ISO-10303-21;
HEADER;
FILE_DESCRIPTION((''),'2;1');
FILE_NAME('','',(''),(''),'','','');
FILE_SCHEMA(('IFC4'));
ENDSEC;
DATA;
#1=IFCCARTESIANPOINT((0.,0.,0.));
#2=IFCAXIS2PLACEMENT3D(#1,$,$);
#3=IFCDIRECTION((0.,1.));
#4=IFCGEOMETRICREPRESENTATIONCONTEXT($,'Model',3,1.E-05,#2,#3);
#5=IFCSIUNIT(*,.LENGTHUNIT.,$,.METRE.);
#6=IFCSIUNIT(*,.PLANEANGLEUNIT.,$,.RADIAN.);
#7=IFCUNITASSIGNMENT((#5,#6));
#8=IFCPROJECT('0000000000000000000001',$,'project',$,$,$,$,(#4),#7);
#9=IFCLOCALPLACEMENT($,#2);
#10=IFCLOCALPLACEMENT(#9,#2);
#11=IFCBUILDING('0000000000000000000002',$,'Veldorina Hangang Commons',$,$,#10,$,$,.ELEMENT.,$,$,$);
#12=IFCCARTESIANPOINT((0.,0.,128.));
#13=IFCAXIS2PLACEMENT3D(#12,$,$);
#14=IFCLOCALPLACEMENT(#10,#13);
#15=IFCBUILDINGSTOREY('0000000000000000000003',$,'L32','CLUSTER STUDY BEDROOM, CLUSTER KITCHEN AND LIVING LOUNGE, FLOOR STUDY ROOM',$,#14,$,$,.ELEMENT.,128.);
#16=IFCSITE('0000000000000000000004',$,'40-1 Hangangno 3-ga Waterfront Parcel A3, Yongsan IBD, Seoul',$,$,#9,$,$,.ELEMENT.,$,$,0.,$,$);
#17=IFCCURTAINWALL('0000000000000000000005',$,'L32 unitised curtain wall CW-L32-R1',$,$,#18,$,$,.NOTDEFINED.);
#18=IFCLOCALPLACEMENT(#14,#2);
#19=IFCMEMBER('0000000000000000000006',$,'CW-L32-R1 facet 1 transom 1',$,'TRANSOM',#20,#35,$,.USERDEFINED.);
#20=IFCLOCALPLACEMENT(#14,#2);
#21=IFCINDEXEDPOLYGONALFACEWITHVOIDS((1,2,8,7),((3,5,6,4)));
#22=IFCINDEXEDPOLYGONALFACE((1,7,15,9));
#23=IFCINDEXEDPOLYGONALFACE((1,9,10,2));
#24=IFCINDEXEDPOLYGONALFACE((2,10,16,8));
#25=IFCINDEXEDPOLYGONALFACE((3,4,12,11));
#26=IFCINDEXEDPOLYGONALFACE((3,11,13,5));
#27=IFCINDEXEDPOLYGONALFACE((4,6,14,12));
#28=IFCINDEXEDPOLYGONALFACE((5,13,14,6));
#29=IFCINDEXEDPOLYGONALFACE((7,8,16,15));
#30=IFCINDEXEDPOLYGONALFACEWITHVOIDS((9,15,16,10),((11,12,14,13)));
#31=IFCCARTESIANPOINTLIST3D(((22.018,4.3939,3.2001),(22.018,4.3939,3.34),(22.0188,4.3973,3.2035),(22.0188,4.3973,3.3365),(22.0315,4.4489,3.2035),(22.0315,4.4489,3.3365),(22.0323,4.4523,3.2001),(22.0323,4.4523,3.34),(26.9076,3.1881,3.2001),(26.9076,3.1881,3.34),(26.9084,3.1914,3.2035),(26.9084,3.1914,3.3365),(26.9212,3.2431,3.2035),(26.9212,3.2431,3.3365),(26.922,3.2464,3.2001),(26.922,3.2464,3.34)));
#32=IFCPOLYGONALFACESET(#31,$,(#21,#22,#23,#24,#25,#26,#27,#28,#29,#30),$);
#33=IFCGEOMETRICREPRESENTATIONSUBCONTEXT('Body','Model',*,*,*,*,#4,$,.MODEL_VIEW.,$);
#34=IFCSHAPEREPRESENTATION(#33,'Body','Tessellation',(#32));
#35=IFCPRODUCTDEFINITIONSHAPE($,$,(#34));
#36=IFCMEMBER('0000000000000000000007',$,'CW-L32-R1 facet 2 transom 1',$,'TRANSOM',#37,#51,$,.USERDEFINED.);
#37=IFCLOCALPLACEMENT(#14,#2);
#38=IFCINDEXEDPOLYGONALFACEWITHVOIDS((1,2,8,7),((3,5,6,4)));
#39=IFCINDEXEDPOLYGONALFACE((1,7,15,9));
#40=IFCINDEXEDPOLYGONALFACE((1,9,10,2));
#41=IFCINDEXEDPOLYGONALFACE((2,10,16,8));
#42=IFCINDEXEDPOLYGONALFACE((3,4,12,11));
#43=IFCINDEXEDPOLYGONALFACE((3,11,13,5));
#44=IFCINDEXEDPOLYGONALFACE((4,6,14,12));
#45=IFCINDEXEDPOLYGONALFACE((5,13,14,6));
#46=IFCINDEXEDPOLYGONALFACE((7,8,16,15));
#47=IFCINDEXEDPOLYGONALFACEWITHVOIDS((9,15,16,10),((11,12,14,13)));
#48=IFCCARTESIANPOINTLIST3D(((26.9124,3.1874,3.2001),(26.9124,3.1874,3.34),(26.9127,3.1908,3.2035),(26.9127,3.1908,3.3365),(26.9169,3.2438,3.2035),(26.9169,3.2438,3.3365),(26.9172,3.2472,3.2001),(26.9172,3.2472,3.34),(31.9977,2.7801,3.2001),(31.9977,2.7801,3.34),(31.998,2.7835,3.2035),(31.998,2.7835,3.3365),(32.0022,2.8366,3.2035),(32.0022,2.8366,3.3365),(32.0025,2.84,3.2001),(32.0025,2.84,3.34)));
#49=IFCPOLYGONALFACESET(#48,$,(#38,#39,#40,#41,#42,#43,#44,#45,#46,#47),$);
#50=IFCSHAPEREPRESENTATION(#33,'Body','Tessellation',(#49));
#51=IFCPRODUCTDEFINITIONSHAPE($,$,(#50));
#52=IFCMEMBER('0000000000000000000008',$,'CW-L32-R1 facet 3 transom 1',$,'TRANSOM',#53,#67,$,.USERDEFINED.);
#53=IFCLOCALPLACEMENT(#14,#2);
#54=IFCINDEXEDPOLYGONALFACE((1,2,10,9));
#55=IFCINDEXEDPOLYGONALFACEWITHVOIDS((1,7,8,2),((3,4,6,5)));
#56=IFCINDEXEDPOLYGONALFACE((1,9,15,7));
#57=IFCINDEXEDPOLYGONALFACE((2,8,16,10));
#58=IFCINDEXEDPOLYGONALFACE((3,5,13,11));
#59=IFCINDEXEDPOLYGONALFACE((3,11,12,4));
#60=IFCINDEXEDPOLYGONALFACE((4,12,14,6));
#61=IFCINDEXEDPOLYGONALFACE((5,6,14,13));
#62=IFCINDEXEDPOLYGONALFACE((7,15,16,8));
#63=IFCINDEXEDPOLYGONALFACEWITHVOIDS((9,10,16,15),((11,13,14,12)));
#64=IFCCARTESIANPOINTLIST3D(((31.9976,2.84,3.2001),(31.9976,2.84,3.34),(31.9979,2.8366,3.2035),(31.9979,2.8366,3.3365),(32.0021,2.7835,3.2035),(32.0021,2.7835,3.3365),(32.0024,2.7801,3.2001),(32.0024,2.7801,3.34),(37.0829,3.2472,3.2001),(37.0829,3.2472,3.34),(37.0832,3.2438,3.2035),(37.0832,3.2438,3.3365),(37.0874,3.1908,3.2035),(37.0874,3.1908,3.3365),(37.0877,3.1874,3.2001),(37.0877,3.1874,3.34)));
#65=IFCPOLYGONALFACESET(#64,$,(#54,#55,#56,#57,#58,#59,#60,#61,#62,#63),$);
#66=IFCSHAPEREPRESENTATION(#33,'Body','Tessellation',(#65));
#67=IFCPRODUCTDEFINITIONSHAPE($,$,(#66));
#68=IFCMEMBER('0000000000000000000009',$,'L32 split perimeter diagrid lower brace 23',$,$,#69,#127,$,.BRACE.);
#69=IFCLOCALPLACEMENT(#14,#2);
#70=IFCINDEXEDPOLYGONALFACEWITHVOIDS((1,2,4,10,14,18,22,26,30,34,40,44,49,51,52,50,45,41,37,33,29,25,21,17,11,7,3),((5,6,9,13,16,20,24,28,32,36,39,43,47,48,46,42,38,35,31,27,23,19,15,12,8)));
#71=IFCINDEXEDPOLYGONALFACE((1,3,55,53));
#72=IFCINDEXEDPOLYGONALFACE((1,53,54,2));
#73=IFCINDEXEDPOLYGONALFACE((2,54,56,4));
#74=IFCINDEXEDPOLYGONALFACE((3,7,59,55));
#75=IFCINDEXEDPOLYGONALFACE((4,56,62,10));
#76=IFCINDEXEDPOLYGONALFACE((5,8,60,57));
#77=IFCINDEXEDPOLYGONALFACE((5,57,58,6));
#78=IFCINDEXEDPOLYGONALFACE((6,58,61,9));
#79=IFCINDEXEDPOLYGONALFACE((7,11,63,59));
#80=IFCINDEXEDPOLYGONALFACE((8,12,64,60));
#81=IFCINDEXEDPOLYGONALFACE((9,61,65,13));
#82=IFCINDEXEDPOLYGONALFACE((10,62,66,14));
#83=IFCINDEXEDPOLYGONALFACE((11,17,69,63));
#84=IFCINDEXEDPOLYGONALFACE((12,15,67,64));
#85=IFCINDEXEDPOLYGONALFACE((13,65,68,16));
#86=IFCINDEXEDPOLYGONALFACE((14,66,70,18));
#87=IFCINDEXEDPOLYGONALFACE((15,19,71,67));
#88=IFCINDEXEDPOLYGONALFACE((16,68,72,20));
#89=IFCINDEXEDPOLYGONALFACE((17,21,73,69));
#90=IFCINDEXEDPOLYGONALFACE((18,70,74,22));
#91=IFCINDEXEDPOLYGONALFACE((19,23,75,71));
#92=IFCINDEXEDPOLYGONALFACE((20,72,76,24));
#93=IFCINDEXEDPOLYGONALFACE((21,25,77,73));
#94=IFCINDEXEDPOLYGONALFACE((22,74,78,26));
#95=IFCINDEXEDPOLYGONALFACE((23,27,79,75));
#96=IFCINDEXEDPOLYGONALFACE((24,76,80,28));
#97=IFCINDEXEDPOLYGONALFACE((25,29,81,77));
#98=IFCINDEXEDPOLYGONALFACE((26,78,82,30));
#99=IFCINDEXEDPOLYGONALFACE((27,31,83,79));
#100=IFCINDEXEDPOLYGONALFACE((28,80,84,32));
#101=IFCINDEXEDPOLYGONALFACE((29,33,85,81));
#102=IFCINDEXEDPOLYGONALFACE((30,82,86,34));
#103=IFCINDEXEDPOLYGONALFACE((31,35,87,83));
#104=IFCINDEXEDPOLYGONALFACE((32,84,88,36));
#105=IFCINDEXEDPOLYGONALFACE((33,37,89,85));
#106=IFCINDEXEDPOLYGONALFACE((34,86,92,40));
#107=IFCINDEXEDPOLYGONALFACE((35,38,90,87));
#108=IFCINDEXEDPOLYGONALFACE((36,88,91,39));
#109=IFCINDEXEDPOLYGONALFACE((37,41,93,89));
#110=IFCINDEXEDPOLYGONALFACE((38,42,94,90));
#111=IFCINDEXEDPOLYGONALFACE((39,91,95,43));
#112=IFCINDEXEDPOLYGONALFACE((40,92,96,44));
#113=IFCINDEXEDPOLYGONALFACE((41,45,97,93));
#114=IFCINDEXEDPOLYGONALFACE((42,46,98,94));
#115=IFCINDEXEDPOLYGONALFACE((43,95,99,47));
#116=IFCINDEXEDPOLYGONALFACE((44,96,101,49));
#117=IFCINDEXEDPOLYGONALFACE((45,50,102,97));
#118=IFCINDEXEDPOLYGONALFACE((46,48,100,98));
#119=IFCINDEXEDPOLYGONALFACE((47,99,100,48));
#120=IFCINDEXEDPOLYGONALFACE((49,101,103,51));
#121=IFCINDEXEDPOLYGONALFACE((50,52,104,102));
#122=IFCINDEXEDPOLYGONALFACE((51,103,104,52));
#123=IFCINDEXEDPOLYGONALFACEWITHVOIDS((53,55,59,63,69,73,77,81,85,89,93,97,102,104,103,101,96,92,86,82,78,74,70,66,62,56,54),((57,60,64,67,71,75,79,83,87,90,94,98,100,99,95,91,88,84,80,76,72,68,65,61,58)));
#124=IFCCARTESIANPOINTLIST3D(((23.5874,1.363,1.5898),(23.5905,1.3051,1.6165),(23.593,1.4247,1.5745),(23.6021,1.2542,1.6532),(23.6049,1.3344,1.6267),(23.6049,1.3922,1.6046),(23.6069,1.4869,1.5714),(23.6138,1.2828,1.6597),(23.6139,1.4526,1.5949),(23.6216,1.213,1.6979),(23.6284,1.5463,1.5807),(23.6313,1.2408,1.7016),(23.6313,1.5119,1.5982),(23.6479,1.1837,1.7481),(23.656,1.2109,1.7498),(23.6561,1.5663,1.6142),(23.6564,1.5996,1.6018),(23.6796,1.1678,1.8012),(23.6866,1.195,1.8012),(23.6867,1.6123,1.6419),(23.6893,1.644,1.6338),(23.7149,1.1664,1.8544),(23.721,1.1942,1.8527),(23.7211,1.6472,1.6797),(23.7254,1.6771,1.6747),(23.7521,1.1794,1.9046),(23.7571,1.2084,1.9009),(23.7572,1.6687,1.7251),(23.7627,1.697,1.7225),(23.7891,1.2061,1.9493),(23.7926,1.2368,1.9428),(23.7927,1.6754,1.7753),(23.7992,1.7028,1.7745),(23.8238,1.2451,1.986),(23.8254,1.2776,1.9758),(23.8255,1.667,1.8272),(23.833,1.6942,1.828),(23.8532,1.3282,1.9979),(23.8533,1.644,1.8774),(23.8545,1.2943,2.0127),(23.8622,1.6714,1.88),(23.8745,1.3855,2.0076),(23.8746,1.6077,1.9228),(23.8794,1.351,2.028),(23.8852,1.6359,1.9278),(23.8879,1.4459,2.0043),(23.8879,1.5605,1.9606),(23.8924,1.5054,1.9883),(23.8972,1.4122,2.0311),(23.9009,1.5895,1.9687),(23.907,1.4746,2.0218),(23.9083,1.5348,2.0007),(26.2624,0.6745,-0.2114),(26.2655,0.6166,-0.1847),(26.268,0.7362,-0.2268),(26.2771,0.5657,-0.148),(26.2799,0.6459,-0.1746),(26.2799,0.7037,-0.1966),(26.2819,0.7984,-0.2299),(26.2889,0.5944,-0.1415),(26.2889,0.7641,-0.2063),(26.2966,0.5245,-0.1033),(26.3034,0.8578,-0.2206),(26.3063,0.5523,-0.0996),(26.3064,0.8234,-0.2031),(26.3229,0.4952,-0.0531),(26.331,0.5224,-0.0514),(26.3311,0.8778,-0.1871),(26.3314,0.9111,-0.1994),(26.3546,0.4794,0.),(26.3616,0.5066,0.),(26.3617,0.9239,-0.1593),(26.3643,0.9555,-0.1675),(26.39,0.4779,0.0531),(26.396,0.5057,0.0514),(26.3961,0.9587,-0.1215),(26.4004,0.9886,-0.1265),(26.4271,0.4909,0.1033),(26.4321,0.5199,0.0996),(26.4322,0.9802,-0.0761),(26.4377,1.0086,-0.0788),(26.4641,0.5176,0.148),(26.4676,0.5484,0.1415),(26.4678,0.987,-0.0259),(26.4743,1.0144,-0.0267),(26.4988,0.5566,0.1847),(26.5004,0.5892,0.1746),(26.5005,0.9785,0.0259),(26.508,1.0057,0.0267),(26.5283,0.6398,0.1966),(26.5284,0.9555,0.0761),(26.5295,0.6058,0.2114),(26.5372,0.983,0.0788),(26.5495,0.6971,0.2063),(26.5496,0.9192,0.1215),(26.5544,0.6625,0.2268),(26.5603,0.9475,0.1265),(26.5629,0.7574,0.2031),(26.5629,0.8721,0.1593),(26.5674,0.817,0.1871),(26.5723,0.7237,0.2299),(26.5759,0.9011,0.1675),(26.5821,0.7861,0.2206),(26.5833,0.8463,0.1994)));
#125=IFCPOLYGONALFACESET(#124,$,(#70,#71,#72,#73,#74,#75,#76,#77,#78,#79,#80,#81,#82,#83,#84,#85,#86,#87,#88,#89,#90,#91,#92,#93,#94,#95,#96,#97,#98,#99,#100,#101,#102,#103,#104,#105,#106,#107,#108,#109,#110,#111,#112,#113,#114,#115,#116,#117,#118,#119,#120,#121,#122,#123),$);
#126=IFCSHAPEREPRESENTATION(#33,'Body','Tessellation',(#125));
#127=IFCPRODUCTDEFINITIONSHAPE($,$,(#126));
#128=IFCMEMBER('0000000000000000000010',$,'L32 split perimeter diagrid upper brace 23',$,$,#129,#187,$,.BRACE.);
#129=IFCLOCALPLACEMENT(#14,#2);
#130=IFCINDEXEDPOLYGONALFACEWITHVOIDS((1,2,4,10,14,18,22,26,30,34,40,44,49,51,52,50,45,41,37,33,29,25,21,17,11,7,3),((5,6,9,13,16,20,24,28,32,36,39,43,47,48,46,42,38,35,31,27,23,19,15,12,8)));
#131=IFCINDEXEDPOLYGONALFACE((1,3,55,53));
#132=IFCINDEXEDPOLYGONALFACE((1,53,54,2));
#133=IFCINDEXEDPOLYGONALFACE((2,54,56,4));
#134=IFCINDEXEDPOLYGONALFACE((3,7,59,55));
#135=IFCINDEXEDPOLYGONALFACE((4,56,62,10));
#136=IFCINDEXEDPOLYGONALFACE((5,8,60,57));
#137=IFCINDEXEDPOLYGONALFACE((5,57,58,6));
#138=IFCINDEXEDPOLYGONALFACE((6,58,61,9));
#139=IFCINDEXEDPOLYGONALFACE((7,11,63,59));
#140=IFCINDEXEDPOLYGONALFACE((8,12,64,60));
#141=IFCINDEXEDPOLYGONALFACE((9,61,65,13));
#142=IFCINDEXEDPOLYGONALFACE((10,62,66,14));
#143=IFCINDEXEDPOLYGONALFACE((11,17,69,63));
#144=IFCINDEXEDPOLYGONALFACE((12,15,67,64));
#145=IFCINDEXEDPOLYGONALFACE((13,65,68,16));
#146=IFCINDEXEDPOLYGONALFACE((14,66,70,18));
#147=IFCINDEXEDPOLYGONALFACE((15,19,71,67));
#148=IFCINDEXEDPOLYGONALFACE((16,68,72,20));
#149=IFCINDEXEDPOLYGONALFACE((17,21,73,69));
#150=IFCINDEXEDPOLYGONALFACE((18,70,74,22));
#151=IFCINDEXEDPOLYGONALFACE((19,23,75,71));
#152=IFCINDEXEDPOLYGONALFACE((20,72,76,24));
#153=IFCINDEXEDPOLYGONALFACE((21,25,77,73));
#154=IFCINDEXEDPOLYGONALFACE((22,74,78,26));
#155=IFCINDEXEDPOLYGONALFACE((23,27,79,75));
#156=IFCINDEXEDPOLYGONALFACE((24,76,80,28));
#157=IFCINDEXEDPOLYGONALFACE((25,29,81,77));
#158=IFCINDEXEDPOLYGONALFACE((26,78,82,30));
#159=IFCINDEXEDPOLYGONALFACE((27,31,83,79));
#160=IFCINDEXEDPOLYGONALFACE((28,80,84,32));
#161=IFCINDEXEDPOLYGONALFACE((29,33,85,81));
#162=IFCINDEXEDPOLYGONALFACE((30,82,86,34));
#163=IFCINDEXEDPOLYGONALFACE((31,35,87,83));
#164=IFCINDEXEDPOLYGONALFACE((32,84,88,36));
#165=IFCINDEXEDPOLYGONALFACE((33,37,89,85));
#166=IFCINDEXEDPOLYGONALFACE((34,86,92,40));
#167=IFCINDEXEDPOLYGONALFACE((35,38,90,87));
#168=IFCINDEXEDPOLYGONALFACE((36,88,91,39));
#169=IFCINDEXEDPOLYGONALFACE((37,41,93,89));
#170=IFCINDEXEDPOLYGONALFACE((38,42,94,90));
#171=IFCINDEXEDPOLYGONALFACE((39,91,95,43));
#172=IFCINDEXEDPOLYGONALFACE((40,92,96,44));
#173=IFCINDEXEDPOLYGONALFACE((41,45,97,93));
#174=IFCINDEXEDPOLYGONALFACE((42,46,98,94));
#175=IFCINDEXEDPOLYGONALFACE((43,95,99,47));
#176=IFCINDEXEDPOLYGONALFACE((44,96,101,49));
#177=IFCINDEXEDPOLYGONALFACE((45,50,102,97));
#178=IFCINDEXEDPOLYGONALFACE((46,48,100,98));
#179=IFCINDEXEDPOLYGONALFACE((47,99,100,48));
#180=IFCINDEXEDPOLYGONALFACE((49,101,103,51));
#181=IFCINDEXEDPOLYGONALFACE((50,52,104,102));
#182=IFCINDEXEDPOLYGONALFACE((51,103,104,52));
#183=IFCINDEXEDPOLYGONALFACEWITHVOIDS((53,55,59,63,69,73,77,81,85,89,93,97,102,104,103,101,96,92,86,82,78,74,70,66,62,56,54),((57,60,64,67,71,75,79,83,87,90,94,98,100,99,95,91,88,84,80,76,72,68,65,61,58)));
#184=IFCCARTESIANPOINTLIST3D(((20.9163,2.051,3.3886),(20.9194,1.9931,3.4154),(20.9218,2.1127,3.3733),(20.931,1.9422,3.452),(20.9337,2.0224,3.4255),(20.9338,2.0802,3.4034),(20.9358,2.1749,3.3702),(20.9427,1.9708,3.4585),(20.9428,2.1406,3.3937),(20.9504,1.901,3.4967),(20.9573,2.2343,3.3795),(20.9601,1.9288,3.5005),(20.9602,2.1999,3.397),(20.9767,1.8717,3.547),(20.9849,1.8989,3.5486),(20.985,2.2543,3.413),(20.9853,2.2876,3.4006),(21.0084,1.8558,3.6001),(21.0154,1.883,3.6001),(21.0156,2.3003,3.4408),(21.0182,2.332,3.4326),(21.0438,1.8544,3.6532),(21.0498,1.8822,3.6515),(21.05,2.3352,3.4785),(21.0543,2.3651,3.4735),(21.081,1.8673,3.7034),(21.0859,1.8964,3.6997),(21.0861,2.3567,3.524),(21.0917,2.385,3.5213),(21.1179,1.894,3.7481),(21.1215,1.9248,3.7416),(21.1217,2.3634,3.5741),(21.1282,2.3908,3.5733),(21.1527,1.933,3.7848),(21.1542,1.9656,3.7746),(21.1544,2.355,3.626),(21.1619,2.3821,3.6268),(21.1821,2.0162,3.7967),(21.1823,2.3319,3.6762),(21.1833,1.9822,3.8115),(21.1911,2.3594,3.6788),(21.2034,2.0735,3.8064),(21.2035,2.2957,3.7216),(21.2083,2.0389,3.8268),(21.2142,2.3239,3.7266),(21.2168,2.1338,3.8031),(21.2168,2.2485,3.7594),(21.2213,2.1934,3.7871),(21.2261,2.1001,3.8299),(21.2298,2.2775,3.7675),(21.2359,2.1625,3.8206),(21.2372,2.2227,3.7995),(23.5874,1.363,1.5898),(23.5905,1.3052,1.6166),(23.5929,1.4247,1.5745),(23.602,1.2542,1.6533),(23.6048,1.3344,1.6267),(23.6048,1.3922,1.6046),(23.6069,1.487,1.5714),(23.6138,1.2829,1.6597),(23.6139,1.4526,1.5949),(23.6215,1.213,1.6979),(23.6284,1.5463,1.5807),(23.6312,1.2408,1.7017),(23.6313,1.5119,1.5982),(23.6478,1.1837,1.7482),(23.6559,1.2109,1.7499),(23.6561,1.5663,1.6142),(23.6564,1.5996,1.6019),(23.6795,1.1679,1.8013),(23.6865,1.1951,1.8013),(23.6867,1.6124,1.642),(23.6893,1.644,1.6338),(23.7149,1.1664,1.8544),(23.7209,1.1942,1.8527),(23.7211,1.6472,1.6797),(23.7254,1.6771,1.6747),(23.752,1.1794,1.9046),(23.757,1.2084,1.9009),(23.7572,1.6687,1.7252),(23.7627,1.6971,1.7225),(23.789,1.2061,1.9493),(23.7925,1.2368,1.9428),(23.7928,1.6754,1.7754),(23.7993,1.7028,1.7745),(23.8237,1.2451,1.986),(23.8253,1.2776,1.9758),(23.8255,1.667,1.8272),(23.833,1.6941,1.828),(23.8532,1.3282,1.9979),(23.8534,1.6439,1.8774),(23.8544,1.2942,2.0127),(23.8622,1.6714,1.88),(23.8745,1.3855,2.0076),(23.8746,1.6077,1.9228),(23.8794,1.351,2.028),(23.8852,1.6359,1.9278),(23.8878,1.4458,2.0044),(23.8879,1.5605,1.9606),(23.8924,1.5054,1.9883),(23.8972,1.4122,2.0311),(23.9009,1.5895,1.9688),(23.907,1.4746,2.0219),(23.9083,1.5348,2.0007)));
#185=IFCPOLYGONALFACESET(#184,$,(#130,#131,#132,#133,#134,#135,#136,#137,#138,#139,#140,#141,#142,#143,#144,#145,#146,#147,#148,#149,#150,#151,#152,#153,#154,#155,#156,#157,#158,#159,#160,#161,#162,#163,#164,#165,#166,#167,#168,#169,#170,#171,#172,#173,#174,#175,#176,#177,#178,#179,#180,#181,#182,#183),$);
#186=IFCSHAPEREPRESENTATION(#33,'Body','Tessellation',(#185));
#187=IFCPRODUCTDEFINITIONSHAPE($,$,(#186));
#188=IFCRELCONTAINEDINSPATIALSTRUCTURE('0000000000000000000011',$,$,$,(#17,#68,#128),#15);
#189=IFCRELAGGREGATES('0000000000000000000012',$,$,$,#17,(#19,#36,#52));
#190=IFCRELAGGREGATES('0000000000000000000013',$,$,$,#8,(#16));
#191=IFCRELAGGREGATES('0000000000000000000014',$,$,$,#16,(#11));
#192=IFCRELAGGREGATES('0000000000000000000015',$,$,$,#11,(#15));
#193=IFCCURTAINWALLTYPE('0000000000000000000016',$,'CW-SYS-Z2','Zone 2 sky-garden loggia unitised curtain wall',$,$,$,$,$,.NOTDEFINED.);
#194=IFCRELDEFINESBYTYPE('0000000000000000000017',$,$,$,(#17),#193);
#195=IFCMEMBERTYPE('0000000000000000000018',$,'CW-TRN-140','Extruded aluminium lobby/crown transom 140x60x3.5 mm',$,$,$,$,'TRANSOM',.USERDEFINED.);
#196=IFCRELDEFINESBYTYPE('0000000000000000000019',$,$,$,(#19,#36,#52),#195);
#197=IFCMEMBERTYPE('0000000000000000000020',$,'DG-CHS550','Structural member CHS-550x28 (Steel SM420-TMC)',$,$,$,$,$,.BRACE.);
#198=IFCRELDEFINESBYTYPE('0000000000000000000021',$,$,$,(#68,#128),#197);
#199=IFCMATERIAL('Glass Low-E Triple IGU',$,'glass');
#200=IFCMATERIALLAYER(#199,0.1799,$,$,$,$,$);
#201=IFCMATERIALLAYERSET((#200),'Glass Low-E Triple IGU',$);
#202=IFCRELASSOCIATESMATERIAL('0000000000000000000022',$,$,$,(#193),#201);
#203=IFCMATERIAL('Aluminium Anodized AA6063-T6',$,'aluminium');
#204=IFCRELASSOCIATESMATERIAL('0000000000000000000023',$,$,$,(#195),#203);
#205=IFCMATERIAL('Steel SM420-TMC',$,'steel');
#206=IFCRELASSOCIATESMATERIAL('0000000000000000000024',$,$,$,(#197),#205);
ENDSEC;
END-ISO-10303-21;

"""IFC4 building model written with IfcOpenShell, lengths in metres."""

from ifc_helpers import new_model, si_unit, direction, frame, origin, origin_2d, place, context, subcontext, project, spatial, hollow_rectangle, hollow_circle, extrude, material, layer, layer_set, material_profile, profile_set, type_object, element, aggregate, save


model = new_model("IFC4")

# Units and contexts
model_context = context("Model", 3, precision=1e-05, world=origin(), true_north=direction((0.0, 1.0)))
body_context = subcontext(model_context, "Body", "Model", "MODEL_VIEW")
ifc_project = project(units=[si_unit("LENGTHUNIT", "METRE"), si_unit("PLANEANGLEUNIT", "RADIAN")], contexts=[model_context])

# Site, building, storey
site_placement = place(None, origin())
site = spatial("IfcSite", under=ifc_project, at=site_placement, Name="40-1 Hangangno 3-ga Waterfront Parcel A3, Yongsan IBD, Seoul", CompositionType="ELEMENT", RefElevation=0.0)
building_placement = place(site_placement, origin())
building = spatial("IfcBuilding", under=site, at=building_placement, Name="Veldorina Hangang Commons", CompositionType="ELEMENT")
storey_placement = place(building_placement, frame((0.0, 0.0, 128.0)))
storey = spatial("IfcBuildingStorey", under=building, at=storey_placement, Name="L32", Description="CLUSTER STUDY BEDROOM, CLUSTER KITCHEN AND LIVING LOUNGE, FLOOR STUDY ROOM", CompositionType="ELEMENT", Elevation=128.0)

# Shared definitions
ifc_material_1 = material(Name="Steel SM420-TMC", Category="steel")

# Curtain wall, members
ifc_material_2 = material(Name="Glass Low-E Triple IGU", Category="glass")
ifc_layer_1 = layer(ifc_material_2, 0.1799)
ifc_layer_set_1 = layer_set([ifc_layer_1], Name="Glass Low-E Triple IGU")
curtain_wall_type = type_object("IfcCurtainWallType", Name="CW-SYS-Z2", Description="Zone 2 sky-garden loggia unitised curtain wall", PredefinedType="NOTDEFINED", material=ifc_layer_set_1)
curtain_wall_placement = place(storey_placement, origin())
curtain_wall = element("IfcCurtainWall", 1, at=curtain_wall_placement, inside=storey, type_object=curtain_wall_type, Name="L32 unitised curtain wall CW-L32-R1", PredefinedType="NOTDEFINED")
ifc_material_3 = material(Name="Aluminium Anodized AA6063-T6", Category="aluminium")
ifc_material_profile_1 = material_profile(ifc_material_3, hollow_rectangle(XDim=0.0601, YDim=0.1399, WallThickness=0.0034, at=origin_2d()), Name="ALU-RHS-140x60x3.5")
ifc_profile_set_1 = profile_set([ifc_material_profile_1], Name="Aluminium Anodized AA6063-T6")
member_type_1 = type_object("IfcMemberType", Name="CW-TRN-140", Description="Extruded aluminium lobby/crown transom 140x60x3.5 mm", ElementType="TRANSOM", PredefinedType="USERDEFINED", material=ifc_profile_set_1)
member_1_placement = place(storey_placement, frame((22.0251, 4.4231, 3.27), z_axis=(0.970913, -0.239432, 0.0), x_axis=(0.239432, 0.970913, 0.0)))
member_1 = element("IfcMember", 2, at=member_1_placement, type_object=member_type_1, Name="CW-L32-R1 facet 1 transom 1", ObjectType="TRANSOM", PredefinedType="USERDEFINED", context=body_context, shape_type="SweptSolid", body=[
    extrude(hollow_rectangle(XDim=0.0601, YDim=0.1399, WallThickness=0.0034, at=origin_2d()), origin(), (0.0, 0.0, 1.0), 5.0361),
])
member_2_placement = place(storey_placement, frame((26.9148, 3.2173, 3.27), z_axis=(0.996809, -0.079825, 0.0), x_axis=(0.079825, 0.996809, 0.0)))
member_2 = element("IfcMember", 3, at=member_2_placement, type_object=member_type_1, Name="CW-L32-R1 facet 2 transom 1", ObjectType="TRANSOM", PredefinedType="USERDEFINED", context=body_context, shape_type="SweptSolid", body=[
    extrude(hollow_rectangle(XDim=0.0601, YDim=0.1399, WallThickness=0.0034, at=origin_2d()), origin(), (0.0, 0.0, 1.0), 5.1016),
])
member_3_placement = place(storey_placement, frame((32.0, 2.8101, 3.27), z_axis=(0.996809, 0.079825, 0.0), x_axis=(-0.079825, 0.996809, 0.0)))
member_3 = element("IfcMember", 4, at=member_3_placement, type_object=member_type_1, Name="CW-L32-R1 facet 3 transom 1", ObjectType="TRANSOM", PredefinedType="USERDEFINED", context=body_context, shape_type="SweptSolid", body=[
    extrude(hollow_rectangle(XDim=0.0601, YDim=0.1399, WallThickness=0.0034, at=origin_2d()), origin(), (0.0, 0.0, 1.0), 5.1016),
])

# Members
ifc_material_profile_2 = material_profile(ifc_material_1, hollow_circle(Radius=0.2749, WallThickness=0.0281, at=origin_2d()), Name="CHS-550x28")
ifc_profile_set_2 = profile_set([ifc_material_profile_2], Name="Steel SM420-TMC")
member_type_2 = type_object("IfcMemberType", Name="DG-CHS550", Description="Structural member CHS-550x28 (Steel SM420-TMC)", PredefinedType="BRACE", material=ifc_profile_set_2)
member_4_placement = place(storey_placement, frame((26.4231, 0.7456, 0.0), z_axis=(-0.8112, 0.208778, 0.546229), x_axis=(-0.249247, -0.96844, 0.0)))
element("IfcMember", 5, at=member_4_placement, inside=storey, type_object=member_type_2, Name="L32 split perimeter diagrid lower brace 23", PredefinedType="BRACE", context=body_context, shape_type="SweptSolid", body=[
    extrude(hollow_circle(Radius=0.2749, WallThickness=0.0281, at=origin_2d()), origin(), (0.0, 0.0, 1.0), 3.2976),
])
member_5_placement = place(storey_placement, frame((23.748, 1.4341, 1.8013), z_axis=(-0.811148, 0.208922, 0.546252), x_axis=(-0.249423, -0.968395, 0.0)))
element("IfcMember", 6, at=member_5_placement, inside=storey, type_object=member_type_2, Name="L32 split perimeter diagrid upper brace 23", PredefinedType="BRACE", context=body_context, shape_type="SweptSolid", body=[
    extrude(hollow_circle(Radius=0.2749, WallThickness=0.0281, at=origin_2d()), origin(), (0.0, 0.0, 1.0), 3.293),
])

aggregate(curtain_wall, [member_1, member_2, member_3])

save(model, "model.ifc")
